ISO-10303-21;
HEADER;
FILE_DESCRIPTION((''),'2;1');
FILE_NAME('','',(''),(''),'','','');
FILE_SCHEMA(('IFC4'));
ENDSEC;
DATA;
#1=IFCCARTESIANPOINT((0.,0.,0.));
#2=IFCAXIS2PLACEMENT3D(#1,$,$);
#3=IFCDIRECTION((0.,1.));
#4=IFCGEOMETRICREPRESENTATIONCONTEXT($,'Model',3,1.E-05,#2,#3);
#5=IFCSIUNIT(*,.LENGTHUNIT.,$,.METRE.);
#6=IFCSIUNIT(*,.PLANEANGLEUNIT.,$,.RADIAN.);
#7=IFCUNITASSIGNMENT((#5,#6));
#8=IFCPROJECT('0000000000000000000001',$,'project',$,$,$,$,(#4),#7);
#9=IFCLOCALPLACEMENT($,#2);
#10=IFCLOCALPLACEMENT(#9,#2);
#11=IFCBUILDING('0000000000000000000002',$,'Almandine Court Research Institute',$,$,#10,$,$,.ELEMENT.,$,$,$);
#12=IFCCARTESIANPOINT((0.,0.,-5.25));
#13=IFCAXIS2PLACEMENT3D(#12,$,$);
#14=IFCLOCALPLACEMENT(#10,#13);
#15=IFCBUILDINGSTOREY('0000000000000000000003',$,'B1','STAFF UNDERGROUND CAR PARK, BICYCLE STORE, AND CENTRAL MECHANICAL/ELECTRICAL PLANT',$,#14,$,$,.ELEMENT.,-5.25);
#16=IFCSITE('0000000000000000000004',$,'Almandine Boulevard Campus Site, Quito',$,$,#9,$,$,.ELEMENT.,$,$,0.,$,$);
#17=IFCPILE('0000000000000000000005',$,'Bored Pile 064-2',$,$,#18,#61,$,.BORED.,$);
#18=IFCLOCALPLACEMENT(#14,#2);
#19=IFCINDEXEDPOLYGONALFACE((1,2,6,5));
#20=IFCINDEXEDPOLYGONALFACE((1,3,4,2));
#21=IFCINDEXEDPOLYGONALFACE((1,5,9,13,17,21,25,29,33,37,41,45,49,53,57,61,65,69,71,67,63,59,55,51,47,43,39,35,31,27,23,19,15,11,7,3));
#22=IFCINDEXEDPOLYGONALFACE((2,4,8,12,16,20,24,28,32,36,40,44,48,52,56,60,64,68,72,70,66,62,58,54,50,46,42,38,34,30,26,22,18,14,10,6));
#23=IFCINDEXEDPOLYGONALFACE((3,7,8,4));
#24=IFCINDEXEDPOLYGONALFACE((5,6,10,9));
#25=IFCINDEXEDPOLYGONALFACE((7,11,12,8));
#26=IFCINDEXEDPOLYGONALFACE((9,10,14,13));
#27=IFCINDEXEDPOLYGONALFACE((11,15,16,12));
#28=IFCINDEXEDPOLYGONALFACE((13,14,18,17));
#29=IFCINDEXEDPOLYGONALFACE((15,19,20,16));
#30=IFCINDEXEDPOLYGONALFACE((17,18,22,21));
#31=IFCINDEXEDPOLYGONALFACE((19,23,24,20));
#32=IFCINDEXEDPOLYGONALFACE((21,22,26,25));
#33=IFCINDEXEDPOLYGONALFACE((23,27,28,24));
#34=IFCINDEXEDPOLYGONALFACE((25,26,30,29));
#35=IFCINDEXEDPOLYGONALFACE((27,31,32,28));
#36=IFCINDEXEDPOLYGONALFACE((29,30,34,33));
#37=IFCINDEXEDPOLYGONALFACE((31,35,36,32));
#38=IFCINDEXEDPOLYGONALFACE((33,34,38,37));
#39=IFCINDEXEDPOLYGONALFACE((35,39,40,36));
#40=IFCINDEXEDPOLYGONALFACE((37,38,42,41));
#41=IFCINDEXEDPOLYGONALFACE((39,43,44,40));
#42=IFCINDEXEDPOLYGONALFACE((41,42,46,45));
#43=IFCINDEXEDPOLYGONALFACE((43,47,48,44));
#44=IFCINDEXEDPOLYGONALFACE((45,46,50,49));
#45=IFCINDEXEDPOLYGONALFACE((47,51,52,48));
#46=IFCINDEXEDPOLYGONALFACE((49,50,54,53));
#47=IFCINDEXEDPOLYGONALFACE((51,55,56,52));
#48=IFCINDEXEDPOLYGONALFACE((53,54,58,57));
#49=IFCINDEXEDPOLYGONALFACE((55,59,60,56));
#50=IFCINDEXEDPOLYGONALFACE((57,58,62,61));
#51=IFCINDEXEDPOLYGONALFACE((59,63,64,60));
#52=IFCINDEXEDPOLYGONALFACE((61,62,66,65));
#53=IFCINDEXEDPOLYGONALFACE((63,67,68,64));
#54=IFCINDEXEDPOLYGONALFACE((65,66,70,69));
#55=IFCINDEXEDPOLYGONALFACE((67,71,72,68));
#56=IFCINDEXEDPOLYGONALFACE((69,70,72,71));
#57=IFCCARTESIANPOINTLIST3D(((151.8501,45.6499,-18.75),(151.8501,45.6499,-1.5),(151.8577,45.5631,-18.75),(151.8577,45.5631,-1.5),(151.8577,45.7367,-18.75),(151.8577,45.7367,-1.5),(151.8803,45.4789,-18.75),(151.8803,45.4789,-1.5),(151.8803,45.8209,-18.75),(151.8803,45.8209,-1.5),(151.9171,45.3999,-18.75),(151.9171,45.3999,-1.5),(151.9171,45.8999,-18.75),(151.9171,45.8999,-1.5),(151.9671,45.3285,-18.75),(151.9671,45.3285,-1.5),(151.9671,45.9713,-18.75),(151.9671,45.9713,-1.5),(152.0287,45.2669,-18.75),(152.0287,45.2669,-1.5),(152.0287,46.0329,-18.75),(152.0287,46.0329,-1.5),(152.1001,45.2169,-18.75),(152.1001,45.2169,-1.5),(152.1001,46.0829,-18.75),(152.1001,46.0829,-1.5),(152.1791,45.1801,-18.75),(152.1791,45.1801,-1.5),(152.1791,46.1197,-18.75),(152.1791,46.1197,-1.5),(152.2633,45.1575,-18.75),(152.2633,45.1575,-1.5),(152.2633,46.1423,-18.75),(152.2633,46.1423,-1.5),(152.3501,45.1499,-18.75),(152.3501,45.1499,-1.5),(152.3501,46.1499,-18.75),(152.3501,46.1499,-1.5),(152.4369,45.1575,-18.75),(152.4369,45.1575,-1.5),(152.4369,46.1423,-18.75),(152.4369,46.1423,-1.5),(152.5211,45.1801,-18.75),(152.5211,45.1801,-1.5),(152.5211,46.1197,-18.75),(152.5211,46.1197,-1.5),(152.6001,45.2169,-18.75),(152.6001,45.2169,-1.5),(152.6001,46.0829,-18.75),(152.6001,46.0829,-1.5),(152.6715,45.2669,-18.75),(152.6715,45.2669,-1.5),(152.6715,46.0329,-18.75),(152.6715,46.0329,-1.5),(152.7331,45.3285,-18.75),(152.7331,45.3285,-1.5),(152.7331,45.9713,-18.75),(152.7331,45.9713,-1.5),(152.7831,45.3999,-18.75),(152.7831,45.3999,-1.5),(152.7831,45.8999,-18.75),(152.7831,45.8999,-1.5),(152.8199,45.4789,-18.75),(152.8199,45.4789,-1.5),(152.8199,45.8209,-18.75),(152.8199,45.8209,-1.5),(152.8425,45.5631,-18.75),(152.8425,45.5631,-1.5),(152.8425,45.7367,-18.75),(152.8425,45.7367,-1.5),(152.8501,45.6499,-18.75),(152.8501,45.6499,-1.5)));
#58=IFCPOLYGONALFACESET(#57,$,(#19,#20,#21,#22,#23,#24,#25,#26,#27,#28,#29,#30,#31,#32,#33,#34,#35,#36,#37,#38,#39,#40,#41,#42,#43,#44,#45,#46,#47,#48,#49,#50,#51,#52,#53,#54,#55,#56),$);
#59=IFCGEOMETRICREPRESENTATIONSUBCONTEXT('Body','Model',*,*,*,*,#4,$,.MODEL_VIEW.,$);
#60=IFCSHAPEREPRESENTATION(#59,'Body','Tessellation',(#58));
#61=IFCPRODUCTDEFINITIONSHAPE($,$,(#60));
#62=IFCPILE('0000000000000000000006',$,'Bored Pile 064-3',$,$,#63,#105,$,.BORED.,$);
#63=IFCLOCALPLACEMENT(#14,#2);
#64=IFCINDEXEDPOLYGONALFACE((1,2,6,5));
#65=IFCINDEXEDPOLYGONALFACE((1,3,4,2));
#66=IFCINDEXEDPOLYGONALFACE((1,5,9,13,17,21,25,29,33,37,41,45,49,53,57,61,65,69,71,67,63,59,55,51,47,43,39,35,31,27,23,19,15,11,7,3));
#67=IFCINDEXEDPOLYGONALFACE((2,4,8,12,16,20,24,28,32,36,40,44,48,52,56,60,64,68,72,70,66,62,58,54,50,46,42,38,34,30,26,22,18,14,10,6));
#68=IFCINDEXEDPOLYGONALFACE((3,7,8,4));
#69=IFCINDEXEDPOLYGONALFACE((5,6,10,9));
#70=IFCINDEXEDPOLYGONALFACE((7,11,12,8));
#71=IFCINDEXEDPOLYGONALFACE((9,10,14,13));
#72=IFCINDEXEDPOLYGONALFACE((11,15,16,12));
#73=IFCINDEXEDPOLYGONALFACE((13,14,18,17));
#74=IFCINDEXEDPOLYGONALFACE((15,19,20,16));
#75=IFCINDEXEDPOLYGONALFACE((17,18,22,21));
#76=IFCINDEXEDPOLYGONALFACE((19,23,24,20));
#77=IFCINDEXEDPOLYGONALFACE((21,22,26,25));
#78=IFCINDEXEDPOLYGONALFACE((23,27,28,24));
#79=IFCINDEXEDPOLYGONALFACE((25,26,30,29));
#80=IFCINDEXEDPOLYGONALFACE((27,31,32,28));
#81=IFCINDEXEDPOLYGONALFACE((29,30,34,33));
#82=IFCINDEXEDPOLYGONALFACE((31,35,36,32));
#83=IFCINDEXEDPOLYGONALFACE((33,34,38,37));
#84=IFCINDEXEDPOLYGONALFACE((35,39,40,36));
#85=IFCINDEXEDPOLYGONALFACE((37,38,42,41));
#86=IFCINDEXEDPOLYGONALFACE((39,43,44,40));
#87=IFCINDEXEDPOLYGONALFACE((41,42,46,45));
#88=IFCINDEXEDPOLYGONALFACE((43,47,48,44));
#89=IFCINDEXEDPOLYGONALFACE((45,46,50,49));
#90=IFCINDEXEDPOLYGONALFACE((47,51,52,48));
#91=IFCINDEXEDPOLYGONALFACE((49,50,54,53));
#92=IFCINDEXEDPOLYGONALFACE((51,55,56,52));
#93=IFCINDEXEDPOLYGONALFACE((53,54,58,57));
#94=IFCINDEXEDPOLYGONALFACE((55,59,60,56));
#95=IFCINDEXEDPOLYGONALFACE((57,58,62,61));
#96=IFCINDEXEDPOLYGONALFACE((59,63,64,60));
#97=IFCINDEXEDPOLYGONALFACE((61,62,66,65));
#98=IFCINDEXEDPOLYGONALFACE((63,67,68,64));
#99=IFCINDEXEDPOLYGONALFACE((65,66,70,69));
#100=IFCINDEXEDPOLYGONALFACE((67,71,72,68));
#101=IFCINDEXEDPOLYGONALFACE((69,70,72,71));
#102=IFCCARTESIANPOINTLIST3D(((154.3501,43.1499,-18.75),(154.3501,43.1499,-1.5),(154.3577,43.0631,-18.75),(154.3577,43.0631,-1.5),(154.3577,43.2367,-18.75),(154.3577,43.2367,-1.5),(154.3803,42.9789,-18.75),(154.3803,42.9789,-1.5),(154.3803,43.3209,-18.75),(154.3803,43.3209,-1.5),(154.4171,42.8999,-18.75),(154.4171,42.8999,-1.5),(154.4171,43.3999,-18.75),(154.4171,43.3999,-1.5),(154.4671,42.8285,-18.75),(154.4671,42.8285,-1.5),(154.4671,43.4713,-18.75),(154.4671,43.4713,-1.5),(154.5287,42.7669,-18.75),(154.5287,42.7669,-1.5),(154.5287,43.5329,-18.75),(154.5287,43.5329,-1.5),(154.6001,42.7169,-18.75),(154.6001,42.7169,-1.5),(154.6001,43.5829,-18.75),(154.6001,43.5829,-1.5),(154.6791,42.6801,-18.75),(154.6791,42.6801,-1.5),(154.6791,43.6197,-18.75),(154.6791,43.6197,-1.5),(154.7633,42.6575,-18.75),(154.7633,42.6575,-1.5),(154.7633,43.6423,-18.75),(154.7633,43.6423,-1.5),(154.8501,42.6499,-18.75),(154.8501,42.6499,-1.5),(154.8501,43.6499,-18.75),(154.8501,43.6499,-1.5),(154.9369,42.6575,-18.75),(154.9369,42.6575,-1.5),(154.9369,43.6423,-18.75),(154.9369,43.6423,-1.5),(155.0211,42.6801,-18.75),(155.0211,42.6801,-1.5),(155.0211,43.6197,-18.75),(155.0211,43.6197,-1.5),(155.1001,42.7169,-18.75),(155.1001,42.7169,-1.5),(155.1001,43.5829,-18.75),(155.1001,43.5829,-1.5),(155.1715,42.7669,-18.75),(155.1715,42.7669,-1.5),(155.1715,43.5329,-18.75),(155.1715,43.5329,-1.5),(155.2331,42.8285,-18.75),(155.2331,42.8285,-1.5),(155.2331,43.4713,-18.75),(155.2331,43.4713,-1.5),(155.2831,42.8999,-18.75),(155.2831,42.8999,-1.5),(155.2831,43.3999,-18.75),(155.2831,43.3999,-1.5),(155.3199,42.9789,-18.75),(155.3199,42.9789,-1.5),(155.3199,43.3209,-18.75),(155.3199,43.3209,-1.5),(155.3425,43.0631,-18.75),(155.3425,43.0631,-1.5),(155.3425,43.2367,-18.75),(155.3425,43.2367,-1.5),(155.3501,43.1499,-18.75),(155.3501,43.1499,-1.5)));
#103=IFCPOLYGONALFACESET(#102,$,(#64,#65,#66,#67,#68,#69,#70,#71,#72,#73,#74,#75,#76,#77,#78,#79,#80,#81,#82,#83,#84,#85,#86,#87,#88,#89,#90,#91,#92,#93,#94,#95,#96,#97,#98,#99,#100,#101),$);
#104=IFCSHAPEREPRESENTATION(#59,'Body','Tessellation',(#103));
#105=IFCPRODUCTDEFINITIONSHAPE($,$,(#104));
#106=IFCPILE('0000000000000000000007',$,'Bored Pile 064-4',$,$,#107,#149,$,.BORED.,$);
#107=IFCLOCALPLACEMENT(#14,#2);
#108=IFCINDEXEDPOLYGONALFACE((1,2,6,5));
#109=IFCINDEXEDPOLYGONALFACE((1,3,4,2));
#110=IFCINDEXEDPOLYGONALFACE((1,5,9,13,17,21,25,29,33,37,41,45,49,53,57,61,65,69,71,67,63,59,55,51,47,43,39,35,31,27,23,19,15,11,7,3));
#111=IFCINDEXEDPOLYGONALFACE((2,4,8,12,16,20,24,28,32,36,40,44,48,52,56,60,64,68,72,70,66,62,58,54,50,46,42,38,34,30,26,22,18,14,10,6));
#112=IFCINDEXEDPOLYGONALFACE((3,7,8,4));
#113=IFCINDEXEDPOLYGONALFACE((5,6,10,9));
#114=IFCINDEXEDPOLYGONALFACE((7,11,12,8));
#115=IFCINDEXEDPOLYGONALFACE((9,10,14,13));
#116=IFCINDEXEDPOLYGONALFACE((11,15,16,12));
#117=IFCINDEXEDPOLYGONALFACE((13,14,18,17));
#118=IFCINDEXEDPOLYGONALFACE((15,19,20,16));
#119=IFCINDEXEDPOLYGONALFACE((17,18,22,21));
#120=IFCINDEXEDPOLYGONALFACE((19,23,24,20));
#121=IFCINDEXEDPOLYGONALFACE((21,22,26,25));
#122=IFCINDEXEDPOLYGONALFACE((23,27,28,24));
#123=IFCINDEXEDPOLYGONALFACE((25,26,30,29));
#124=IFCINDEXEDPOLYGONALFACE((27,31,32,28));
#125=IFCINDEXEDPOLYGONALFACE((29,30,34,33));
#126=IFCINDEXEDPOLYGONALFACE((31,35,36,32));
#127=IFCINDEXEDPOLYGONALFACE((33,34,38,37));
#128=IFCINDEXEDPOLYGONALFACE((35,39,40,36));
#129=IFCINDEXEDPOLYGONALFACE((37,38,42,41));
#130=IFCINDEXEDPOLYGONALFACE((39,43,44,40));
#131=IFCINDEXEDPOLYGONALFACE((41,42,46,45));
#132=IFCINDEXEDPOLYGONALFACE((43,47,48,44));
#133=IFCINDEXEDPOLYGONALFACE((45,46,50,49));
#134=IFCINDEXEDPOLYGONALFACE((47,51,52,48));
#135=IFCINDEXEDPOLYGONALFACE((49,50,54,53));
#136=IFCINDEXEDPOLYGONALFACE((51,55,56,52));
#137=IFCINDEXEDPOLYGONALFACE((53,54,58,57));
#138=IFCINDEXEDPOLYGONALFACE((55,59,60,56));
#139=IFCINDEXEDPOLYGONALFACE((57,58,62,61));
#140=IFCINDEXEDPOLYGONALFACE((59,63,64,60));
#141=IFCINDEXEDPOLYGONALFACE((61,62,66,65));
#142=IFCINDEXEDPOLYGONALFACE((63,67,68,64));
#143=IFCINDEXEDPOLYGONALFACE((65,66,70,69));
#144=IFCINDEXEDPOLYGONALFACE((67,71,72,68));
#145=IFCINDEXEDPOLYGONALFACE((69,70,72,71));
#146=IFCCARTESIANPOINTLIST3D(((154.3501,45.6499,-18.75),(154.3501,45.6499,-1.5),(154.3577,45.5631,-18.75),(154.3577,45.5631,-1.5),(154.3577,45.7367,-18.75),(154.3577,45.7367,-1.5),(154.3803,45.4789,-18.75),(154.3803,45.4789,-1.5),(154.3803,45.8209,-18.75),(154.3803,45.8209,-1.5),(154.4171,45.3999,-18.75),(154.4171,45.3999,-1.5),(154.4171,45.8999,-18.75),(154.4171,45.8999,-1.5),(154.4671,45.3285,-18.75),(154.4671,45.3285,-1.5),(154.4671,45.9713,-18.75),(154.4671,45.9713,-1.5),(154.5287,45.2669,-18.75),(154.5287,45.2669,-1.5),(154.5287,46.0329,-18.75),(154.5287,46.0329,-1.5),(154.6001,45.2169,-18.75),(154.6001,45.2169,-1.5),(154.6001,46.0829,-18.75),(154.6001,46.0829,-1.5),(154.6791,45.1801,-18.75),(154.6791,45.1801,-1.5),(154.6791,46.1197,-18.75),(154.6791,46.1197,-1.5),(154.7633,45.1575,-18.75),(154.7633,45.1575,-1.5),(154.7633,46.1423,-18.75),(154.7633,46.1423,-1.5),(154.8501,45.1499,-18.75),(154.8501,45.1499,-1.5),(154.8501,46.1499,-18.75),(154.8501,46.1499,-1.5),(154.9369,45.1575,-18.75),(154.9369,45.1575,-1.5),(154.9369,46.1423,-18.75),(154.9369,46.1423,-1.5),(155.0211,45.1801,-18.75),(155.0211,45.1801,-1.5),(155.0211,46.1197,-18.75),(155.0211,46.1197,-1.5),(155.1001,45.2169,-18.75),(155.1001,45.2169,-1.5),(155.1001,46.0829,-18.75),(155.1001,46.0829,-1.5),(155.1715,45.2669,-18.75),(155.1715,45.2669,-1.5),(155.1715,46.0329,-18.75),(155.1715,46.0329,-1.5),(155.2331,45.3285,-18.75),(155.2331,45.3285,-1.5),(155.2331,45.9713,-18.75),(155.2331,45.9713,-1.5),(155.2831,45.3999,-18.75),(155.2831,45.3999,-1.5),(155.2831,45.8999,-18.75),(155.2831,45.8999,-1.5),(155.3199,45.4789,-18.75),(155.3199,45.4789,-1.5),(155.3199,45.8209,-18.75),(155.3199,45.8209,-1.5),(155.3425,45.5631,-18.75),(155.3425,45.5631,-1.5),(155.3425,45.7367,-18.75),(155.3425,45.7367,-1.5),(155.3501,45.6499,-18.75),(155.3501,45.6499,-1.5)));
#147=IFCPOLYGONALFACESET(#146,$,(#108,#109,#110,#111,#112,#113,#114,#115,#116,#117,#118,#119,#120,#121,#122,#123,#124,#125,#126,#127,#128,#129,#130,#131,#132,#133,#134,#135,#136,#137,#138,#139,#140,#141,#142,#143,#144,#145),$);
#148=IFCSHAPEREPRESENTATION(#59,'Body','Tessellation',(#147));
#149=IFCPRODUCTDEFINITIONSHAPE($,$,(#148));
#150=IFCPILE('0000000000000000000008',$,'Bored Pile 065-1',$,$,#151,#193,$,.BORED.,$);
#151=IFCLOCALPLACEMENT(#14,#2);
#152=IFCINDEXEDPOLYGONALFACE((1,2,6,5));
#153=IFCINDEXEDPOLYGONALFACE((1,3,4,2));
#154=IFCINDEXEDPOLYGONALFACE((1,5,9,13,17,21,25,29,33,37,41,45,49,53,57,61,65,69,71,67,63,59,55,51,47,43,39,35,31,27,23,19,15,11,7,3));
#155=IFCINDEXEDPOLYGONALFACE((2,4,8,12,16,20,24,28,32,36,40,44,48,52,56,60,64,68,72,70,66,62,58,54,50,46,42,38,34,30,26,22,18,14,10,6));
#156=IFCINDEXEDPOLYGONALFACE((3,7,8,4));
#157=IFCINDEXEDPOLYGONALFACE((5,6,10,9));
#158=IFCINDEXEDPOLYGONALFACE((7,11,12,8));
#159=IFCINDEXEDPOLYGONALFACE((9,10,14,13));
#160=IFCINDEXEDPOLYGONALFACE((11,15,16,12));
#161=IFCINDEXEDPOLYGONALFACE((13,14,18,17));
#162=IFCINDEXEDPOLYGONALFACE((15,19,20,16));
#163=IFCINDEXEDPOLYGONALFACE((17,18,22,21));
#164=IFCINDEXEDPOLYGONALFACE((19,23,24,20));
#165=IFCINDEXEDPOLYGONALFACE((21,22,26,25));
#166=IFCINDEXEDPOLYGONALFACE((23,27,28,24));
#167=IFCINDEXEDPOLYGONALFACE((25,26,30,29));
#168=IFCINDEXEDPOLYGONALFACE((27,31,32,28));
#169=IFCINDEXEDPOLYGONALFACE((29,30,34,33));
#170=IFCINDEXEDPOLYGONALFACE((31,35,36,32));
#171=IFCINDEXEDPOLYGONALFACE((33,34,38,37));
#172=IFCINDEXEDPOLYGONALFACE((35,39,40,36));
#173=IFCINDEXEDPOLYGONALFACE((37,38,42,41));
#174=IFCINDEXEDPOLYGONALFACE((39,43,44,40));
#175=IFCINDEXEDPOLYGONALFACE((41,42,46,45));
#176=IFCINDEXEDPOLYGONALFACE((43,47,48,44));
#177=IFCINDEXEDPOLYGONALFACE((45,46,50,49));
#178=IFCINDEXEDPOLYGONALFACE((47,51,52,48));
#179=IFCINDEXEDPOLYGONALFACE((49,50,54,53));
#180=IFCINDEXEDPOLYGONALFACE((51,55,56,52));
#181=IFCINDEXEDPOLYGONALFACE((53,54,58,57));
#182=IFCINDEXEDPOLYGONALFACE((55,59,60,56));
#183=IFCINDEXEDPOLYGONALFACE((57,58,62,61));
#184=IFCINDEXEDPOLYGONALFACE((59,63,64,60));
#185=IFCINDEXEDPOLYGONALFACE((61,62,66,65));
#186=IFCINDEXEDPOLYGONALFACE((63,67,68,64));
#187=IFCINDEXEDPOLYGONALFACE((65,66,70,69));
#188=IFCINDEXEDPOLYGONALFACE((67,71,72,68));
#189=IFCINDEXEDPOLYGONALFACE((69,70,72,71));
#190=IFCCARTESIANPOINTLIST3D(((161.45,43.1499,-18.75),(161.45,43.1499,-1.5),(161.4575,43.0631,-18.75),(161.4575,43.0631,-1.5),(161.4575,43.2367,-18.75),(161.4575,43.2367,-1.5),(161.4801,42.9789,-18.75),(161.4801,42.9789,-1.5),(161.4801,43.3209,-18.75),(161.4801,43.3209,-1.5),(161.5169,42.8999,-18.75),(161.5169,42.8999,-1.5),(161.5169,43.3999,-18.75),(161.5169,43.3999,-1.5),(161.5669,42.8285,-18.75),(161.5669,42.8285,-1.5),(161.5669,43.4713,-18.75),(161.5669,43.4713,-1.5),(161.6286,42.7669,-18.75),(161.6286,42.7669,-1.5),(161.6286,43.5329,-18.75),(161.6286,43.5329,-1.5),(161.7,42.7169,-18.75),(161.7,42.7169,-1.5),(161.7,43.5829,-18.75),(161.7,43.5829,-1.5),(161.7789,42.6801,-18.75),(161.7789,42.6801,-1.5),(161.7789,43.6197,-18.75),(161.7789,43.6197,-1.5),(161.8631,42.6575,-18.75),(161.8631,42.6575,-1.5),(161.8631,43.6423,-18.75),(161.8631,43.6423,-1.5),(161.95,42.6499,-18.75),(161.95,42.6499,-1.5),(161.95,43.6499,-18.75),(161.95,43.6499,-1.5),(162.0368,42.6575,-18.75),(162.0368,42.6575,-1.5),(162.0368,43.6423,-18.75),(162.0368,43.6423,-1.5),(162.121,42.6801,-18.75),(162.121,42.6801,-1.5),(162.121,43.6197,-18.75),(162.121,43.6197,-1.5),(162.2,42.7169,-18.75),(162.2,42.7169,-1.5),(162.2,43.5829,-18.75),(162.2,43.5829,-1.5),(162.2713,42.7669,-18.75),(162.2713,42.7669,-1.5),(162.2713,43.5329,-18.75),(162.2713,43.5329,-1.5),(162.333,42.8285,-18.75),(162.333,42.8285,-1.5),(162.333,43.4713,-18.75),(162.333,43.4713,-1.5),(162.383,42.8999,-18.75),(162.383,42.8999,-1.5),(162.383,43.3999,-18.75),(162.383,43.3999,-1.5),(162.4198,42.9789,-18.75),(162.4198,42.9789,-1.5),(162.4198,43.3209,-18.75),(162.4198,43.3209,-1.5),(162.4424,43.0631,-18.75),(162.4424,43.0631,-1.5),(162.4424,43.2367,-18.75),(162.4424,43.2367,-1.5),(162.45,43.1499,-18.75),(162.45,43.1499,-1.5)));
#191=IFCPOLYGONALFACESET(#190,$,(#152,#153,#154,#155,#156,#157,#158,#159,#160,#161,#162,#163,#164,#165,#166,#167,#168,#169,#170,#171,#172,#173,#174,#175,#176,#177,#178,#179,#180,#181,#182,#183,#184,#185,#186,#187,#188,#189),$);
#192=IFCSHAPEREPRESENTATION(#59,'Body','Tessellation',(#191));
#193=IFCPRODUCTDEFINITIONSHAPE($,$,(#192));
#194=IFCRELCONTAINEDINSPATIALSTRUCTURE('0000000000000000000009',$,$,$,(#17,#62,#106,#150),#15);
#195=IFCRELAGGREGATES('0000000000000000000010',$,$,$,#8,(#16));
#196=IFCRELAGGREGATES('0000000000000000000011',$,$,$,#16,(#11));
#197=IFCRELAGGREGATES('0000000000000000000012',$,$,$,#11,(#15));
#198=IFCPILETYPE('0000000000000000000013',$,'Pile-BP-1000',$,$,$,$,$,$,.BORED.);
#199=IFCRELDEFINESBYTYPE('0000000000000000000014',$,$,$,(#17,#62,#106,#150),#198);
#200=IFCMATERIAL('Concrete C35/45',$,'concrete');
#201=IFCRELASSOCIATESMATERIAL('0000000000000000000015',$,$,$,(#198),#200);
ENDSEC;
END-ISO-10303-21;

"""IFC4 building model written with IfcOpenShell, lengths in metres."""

from ifc_helpers import new_model, si_unit, direction, frame, origin, origin_2d, place, context, subcontext, project, spatial, circle, extrude, material, material_profile, profile_set, type_object, element, save


model = new_model("IFC4")

# Units and contexts
model_context = context("Model", 3, precision=1e-05, world=origin(), true_north=direction((0.0, 1.0)))
body_context = subcontext(model_context, "Body", "Model", "MODEL_VIEW")
ifc_project = project(units=[si_unit("LENGTHUNIT", "METRE"), si_unit("PLANEANGLEUNIT", "RADIAN")], contexts=[model_context])

# Site, building, storey
site_placement = place(None, origin())
site = spatial("IfcSite", under=ifc_project, at=site_placement, Name="Almandine Boulevard Campus Site, Quito", CompositionType="ELEMENT", RefElevation=0.0)
building_placement = place(site_placement, origin())
building = spatial("IfcBuilding", under=site, at=building_placement, Name="Almandine Court Research Institute", CompositionType="ELEMENT")
storey_placement = place(building_placement, frame((0.0, 0.0, -5.25)))
storey = spatial("IfcBuildingStorey", under=building, at=storey_placement, Name="B1", Description="STAFF UNDERGROUND CAR PARK, BICYCLE STORE, AND CENTRAL MECHANICAL/ELECTRICAL PLANT", CompositionType="ELEMENT", Elevation=-5.25)

# Shared definitions
ifc_material_1 = material(Name="Concrete C35/45", Category="concrete")

# Piles
ifc_material_profile_1 = material_profile(ifc_material_1, circle(Radius=0.5, at=origin_2d()), Name="BORED PILE D1000")
ifc_profile_set_1 = profile_set([ifc_material_profile_1], Name="Concrete C35/45")
pile_type_1 = type_object("IfcPileType", Name="Pile-BP-1000", PredefinedType="BORED", material=ifc_profile_set_1)
for number, where, z_axis, x_axis, name in (
    (1, (152.3501, 45.6499, -1.5), (0.0, 0.0, -1.0), (1.0, 0.0, 0.0), "Bored Pile 064-2"),
    (2, (154.8501, 43.1499, -1.5), (0.0, 0.0, -1.0), (1.0, 0.0, 0.0), "Bored Pile 064-3"),
    (3, (154.8501, 45.6499, -1.5), (0.0, 0.0, -1.0), (1.0, 0.0, 0.0), "Bored Pile 064-4"),
    (4, (161.95, 43.1499, -1.5), (0.0, 0.0, -1.0), (1.0, 0.0, 0.0), "Bored Pile 065-1"),
):
    element("IfcPile", number, at=place(storey_placement, frame(where, z_axis=z_axis, x_axis=x_axis)), inside=storey, type_object=pile_type_1, Name=name, PredefinedType="BORED", context=body_context, shape_type="SweptSolid", body=[
        extrude(circle(Radius=0.5, at=origin_2d()), origin(), (0.0, 0.0, 1.0), 17.25),
    ])

save(model, "model.ifc")
